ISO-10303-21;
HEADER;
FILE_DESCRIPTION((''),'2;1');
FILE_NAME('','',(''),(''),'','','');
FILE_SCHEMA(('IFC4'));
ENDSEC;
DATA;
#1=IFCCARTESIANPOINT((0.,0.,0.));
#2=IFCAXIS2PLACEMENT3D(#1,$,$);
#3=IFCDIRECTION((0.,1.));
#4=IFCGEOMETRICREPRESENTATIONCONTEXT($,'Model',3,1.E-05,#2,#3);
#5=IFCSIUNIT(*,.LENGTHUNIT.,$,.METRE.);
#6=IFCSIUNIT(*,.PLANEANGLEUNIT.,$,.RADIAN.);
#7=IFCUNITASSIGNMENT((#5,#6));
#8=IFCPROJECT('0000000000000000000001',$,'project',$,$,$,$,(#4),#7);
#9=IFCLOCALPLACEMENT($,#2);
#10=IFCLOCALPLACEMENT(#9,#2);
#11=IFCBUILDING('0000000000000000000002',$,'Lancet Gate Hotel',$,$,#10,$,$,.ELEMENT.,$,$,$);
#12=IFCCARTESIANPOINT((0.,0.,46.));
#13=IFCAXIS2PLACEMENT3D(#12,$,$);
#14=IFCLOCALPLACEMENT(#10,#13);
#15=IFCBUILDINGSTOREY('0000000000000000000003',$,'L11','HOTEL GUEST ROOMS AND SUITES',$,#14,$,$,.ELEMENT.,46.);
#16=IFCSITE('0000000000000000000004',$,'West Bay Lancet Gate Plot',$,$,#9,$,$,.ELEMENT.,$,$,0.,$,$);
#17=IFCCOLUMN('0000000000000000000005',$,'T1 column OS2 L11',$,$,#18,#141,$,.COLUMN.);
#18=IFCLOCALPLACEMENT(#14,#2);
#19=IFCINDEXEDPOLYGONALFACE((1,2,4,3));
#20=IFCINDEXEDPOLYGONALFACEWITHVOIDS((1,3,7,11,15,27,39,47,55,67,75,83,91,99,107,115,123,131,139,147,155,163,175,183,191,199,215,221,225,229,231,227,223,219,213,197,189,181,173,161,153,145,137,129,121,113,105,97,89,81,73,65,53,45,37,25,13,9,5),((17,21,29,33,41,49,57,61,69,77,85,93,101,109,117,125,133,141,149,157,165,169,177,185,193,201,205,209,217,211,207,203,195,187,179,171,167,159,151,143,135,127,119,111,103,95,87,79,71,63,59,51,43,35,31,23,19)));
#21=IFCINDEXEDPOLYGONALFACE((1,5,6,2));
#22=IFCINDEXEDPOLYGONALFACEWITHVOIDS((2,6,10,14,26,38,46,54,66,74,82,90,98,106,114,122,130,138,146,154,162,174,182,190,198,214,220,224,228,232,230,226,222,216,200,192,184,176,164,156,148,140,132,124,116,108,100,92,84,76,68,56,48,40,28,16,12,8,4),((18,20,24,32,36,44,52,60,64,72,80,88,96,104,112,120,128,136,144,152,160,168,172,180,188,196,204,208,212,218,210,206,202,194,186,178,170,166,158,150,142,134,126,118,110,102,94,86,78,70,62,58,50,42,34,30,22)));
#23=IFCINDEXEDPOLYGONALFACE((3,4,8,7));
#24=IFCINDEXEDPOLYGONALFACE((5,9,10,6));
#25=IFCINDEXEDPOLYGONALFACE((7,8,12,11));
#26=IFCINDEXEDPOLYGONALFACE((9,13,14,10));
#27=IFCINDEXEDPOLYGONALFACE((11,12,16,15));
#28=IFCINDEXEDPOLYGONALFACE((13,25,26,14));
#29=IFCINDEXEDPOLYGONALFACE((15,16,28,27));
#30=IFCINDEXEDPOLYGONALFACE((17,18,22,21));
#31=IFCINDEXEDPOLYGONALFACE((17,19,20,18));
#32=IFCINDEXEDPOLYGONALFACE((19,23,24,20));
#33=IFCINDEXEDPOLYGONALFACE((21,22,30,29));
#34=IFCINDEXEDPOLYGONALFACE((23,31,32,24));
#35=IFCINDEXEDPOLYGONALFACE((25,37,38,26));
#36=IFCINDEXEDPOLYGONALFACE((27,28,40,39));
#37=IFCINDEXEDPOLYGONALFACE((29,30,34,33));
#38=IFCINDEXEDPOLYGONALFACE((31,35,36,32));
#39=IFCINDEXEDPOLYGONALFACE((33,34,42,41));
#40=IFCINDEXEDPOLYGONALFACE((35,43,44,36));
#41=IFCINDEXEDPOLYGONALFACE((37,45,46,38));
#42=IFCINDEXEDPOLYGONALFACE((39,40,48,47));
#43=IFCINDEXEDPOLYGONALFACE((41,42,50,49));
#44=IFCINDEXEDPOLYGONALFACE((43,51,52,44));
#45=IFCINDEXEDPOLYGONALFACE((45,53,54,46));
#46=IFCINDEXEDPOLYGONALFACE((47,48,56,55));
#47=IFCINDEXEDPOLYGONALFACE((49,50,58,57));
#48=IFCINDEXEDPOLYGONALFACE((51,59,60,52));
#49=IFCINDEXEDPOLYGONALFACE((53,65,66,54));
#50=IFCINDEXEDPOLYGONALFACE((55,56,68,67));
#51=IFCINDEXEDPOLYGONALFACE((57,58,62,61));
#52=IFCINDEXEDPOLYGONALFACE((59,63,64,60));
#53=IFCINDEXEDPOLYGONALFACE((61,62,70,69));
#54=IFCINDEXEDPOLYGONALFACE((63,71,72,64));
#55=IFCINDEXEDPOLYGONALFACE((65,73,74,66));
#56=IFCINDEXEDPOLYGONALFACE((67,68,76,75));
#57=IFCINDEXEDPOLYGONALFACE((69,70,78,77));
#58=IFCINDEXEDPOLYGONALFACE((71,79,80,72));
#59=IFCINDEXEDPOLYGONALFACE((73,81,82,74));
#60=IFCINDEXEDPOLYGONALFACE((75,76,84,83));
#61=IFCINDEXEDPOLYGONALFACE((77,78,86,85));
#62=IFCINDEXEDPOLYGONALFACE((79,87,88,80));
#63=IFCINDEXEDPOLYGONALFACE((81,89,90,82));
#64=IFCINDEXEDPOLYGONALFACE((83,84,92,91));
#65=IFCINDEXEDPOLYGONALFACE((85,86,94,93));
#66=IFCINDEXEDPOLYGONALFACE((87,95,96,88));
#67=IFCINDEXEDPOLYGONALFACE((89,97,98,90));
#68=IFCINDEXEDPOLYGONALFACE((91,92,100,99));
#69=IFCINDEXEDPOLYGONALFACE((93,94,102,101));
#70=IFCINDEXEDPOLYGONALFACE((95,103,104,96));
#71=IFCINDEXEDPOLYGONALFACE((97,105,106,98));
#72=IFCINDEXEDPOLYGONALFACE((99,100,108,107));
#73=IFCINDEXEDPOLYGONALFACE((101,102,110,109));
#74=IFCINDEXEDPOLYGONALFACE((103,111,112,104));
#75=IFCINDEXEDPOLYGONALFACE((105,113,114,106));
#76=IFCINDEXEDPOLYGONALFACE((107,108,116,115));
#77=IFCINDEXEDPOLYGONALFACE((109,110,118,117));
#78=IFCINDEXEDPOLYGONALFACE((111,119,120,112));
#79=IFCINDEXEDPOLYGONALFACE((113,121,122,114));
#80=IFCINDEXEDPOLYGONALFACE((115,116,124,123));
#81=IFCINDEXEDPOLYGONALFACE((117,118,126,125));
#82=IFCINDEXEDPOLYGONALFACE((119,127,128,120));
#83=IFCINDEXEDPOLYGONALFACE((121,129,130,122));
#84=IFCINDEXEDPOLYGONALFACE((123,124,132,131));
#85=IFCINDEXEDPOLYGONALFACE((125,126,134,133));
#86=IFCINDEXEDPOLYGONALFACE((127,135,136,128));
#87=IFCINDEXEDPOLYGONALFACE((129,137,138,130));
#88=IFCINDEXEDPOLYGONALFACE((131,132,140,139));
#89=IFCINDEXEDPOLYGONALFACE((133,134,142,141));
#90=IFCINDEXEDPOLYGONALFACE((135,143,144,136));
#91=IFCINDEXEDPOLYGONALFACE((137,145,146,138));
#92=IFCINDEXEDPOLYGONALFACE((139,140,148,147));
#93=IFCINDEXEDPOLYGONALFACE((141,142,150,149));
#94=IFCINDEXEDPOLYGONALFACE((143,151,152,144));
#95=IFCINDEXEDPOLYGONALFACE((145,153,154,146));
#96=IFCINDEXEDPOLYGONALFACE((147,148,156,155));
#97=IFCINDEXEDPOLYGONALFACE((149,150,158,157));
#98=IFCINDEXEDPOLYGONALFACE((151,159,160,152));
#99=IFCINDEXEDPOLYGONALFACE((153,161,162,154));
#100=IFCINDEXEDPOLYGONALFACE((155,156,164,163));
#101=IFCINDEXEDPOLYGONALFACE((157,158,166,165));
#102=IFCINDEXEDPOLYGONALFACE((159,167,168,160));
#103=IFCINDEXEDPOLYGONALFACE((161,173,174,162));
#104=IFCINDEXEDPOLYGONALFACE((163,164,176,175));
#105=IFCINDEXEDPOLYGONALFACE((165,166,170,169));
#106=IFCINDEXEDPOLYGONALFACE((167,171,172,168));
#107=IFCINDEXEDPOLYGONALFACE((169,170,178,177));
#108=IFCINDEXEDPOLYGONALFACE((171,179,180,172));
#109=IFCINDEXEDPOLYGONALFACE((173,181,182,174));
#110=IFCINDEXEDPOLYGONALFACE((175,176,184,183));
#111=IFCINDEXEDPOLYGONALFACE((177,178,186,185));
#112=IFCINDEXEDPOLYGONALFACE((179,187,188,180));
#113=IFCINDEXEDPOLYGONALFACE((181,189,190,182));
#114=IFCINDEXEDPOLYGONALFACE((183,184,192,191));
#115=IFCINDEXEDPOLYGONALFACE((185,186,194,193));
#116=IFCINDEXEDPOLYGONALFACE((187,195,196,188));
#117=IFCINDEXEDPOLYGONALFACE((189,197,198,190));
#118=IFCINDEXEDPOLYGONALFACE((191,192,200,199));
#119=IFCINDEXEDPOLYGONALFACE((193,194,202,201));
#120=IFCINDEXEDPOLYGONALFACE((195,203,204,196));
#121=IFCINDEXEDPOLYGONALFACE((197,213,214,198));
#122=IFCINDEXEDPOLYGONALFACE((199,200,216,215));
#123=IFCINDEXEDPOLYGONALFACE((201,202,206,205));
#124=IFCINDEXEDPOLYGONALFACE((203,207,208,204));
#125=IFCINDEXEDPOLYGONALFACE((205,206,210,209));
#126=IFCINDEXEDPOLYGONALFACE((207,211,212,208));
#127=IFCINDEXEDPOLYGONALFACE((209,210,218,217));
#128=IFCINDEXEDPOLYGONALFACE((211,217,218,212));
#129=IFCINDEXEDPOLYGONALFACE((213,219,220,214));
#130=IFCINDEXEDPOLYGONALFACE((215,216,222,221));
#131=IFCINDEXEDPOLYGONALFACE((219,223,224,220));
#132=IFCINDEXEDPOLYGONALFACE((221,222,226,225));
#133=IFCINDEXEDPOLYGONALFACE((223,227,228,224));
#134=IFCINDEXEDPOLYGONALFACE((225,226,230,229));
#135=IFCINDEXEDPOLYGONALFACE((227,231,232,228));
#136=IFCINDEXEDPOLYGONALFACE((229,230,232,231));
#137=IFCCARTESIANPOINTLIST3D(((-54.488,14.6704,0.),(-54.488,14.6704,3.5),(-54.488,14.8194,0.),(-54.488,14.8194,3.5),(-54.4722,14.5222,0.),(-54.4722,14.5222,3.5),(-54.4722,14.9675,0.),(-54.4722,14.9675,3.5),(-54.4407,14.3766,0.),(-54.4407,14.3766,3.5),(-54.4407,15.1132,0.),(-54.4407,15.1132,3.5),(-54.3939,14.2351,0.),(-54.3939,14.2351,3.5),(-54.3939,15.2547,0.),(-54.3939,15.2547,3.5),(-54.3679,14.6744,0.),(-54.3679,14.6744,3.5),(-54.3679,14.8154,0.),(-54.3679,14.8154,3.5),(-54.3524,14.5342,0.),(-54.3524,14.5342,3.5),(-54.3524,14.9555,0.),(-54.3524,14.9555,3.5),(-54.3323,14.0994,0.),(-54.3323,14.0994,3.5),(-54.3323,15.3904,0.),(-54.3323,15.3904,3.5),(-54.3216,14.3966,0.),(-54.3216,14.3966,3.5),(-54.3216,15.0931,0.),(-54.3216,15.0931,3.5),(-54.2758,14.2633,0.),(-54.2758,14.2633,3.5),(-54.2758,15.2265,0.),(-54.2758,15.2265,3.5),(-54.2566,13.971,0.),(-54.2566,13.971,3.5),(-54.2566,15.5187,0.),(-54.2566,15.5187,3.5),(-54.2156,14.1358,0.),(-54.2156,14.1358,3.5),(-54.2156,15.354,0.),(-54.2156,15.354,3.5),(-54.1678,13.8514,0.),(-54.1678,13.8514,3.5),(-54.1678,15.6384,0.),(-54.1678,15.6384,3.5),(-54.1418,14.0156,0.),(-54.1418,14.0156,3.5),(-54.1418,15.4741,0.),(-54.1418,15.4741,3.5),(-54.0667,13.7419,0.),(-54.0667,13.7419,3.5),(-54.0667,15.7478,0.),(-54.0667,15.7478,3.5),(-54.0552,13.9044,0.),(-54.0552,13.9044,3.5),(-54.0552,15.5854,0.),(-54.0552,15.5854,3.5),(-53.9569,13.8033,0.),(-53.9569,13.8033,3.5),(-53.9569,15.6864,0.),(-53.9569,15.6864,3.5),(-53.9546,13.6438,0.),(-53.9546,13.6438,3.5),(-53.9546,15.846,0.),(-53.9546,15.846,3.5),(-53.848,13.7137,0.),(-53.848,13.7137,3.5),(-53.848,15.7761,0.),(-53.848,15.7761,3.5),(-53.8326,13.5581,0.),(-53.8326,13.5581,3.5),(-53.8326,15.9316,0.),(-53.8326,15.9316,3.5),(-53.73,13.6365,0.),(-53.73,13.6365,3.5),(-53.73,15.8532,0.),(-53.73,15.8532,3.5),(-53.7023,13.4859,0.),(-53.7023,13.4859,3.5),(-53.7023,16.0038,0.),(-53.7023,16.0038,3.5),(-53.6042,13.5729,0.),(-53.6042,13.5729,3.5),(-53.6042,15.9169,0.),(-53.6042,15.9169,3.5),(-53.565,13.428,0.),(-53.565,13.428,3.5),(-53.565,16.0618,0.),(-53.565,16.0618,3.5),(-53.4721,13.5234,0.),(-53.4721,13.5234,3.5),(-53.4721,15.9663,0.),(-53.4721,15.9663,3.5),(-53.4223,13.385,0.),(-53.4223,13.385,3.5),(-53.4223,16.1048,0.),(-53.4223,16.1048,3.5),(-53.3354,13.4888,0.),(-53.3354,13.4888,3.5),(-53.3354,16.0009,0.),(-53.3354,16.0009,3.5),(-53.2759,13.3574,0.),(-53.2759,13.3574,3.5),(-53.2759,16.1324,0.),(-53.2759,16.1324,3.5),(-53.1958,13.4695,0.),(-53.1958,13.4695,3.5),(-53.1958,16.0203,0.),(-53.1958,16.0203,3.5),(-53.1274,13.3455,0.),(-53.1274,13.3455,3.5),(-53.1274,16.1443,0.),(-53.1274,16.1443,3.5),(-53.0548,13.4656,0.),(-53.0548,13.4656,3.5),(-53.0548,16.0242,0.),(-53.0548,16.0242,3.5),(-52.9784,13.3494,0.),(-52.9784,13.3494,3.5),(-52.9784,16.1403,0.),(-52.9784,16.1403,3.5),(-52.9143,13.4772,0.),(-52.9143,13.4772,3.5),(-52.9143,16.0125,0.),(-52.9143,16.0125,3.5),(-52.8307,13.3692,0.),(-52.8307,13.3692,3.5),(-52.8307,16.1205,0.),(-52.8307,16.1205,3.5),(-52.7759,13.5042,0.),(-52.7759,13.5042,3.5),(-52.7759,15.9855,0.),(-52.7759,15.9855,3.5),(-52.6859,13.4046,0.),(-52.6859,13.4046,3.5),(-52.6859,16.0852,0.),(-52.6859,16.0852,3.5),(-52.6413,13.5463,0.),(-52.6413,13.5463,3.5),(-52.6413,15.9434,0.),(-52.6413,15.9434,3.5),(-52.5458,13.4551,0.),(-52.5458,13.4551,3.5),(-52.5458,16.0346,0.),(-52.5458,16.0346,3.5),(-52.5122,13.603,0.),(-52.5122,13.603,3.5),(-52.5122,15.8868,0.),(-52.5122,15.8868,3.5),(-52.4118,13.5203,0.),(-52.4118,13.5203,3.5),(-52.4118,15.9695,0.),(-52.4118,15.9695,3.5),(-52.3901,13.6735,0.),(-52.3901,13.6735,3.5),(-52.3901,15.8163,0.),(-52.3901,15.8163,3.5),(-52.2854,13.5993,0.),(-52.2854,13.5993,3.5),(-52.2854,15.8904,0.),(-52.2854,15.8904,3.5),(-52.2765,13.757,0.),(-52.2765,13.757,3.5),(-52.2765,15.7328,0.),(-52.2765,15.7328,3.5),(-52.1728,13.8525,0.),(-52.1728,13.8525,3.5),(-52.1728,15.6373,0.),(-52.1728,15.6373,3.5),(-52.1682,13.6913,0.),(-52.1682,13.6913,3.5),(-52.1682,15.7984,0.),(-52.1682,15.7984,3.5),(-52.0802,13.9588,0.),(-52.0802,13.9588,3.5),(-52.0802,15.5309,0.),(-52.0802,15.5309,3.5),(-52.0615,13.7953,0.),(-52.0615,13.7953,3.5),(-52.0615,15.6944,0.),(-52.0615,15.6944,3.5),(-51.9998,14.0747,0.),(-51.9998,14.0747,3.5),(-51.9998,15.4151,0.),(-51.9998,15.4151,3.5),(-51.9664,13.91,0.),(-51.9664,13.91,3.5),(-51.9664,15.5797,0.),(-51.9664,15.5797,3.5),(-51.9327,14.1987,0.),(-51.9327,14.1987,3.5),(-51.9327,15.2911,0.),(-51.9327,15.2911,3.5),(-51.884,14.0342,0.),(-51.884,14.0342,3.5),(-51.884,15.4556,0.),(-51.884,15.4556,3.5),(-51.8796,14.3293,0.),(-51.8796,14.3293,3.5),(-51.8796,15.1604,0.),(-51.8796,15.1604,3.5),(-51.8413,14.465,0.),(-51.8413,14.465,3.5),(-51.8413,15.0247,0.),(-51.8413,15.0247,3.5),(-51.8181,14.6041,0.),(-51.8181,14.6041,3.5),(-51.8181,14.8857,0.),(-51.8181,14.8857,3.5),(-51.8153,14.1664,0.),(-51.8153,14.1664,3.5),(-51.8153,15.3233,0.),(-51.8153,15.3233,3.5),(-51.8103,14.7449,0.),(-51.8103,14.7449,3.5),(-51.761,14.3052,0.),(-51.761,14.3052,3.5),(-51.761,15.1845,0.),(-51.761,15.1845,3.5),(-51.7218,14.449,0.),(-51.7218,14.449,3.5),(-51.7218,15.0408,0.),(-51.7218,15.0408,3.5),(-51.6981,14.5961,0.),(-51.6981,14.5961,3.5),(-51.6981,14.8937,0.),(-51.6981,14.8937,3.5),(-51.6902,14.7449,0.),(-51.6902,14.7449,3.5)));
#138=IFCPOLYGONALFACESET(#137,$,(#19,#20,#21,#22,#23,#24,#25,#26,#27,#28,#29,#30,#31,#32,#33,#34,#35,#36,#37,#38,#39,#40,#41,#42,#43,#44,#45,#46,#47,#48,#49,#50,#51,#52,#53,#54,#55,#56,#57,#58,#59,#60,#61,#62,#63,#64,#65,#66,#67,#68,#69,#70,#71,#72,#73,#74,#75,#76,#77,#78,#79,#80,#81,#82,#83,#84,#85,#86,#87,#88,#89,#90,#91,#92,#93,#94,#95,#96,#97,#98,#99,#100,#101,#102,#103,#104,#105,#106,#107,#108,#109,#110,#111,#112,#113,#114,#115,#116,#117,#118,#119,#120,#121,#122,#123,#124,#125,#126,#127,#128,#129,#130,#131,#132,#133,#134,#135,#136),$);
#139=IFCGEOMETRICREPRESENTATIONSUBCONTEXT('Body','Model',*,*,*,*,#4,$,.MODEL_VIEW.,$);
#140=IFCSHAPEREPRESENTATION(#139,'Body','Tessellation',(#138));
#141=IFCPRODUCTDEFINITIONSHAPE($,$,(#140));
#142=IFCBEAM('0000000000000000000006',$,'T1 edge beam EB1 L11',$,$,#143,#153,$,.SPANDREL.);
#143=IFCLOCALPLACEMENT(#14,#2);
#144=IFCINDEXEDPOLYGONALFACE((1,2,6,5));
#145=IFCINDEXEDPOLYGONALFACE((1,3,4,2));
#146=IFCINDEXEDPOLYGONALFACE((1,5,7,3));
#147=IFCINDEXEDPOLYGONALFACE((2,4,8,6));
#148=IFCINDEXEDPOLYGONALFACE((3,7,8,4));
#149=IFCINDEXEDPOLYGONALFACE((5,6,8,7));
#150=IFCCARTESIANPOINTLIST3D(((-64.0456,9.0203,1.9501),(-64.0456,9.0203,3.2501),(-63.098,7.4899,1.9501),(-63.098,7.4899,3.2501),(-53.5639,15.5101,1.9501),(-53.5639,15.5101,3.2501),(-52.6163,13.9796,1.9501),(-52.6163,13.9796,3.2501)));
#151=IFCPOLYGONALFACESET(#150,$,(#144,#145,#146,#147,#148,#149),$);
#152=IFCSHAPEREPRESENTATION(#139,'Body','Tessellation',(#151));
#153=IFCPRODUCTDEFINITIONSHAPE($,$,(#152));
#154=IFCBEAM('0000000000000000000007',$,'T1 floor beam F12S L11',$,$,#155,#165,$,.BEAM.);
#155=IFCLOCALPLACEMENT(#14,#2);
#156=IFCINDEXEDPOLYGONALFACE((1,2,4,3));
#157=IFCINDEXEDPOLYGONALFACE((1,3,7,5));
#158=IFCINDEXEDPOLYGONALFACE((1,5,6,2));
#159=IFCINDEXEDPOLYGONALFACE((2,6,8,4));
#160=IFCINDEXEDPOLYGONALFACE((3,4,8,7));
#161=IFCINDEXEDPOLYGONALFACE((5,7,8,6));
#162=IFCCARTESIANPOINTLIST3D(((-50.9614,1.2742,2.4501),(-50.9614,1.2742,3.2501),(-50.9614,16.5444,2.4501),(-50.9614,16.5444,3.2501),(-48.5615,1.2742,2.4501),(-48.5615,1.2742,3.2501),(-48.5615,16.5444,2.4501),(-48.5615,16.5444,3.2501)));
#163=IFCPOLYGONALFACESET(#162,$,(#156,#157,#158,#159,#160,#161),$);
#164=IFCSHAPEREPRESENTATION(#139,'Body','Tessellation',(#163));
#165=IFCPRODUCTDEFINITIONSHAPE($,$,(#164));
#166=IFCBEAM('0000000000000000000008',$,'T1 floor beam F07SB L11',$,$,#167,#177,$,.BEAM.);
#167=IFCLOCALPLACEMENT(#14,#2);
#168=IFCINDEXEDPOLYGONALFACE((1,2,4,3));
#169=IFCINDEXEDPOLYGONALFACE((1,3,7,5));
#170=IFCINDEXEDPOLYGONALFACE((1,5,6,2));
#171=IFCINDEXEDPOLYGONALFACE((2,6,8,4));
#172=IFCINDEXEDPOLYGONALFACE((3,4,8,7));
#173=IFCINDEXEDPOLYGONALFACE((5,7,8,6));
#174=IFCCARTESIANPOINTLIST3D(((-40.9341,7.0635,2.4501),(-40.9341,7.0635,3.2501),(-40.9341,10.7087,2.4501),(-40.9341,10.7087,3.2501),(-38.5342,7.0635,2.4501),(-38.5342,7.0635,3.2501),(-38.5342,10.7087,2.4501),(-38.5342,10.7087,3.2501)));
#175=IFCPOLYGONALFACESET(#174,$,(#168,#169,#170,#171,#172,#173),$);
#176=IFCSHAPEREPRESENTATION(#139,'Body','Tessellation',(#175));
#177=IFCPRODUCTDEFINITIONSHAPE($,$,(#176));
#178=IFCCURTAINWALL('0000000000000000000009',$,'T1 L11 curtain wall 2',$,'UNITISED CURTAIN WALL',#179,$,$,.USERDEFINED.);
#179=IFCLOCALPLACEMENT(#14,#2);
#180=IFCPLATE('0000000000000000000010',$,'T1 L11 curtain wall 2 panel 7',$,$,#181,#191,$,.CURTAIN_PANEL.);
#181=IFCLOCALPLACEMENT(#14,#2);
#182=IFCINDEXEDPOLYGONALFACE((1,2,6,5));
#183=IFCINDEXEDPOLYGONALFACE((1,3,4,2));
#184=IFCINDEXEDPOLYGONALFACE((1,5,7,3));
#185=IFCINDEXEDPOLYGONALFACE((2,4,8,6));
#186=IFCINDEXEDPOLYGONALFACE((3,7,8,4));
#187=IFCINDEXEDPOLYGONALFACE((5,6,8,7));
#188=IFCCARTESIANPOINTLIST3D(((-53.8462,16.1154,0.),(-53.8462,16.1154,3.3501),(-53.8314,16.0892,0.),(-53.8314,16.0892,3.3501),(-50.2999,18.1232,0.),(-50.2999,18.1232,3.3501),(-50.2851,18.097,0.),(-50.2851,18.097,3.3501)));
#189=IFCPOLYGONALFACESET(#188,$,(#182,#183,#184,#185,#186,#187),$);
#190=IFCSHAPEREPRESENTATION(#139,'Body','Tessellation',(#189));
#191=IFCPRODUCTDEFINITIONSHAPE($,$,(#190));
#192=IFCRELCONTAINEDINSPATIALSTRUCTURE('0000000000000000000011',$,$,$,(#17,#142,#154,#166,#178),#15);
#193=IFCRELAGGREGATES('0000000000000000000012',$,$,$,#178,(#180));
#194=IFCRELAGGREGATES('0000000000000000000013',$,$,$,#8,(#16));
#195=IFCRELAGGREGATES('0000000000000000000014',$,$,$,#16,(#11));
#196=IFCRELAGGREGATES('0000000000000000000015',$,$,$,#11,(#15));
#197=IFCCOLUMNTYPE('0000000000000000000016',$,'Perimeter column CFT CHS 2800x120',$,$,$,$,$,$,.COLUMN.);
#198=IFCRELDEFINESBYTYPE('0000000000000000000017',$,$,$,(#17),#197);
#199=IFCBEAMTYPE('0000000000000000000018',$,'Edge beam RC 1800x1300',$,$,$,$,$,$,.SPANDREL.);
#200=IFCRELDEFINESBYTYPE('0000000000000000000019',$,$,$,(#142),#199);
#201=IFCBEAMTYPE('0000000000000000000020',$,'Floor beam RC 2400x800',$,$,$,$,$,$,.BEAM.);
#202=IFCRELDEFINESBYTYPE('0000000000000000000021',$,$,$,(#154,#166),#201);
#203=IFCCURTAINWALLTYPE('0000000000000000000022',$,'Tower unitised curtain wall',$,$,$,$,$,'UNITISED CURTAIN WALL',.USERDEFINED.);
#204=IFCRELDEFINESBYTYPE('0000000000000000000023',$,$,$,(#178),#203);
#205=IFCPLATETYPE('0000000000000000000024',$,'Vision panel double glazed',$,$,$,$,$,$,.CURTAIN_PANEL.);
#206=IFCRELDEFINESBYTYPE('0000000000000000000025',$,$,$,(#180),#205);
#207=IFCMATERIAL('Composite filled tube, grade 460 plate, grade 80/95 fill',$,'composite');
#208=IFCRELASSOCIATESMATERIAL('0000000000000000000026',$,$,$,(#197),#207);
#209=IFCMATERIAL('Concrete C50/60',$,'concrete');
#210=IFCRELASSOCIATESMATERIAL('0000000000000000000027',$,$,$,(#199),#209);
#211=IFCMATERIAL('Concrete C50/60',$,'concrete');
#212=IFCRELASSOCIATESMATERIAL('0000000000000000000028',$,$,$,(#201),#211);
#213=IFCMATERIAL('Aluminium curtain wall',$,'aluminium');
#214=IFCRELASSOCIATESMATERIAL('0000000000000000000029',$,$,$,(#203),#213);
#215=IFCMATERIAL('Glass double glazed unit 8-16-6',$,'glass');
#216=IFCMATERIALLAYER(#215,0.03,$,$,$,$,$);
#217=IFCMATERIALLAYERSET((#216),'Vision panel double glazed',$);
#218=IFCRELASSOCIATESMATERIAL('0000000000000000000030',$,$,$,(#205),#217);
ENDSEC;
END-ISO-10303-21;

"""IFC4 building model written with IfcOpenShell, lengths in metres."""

from ifc_helpers import new_model, si_unit, direction, frame, origin, origin_2d, place, context, subcontext, project, spatial, rectangle, hollow_circle, extrude, material, layer, layer_set, material_profile, profile_set, type_object, element, aggregate, save


model = new_model("IFC4")

# Units and contexts
model_context = context("Model", 3, precision=1e-05, world=origin(), true_north=direction((0.0, 1.0)))
body_context = subcontext(model_context, "Body", "Model", "MODEL_VIEW")
ifc_project = project(units=[si_unit("LENGTHUNIT", "METRE"), si_unit("PLANEANGLEUNIT", "RADIAN")], contexts=[model_context])

# Site, building, storey
site_placement = place(None, origin())
site = spatial("IfcSite", under=ifc_project, at=site_placement, Name="West Bay Lancet Gate Plot", CompositionType="ELEMENT", RefElevation=0.0)
building_placement = place(site_placement, origin())
building = spatial("IfcBuilding", under=site, at=building_placement, Name="Lancet Gate Hotel", CompositionType="ELEMENT")
storey_placement = place(building_placement, frame((0.0, 0.0, 46.0)))
storey = spatial("IfcBuildingStorey", under=building, at=storey_placement, Name="L11", Description="HOTEL GUEST ROOMS AND SUITES", CompositionType="ELEMENT", Elevation=46.0)

# Column
ifc_material_1 = material(Name="Composite filled tube, grade 460 plate, grade 80/95 fill", Category="composite")
ifc_material_profile_1 = material_profile(ifc_material_1, hollow_circle(Radius=1.3999, WallThickness=0.1201, at=origin_2d()), Name="CHS 2800x120")
ifc_profile_set_1 = profile_set([ifc_material_profile_1], Name="Composite filled tube, grade 460 plate, grade 80/95 fill")
column_type = type_object("IfcColumnType", Name="Perimeter column CFT CHS 2800x120", PredefinedType="COLUMN", material=ifc_profile_set_1)
column_placement = place(storey_placement, frame((-53.0901, 14.7449, 0.0), z_axis=(0.0, 0.0, 1.0), x_axis=(1.0, 0.0, 0.0)))
element("IfcColumn", 1, at=column_placement, inside=storey, type_object=column_type, Name="T1 column OS2 L11", PredefinedType="COLUMN", context=body_context, shape_type="SweptSolid", body=[
    extrude(hollow_circle(Radius=1.3999, WallThickness=0.1201, at=origin_2d()), origin(), (0.0, 0.0, 1.0), 3.5),
])

# Beams
ifc_material_2 = material(Name="Concrete C50/60", Category="concrete")
ifc_material_profile_2 = material_profile(ifc_material_2, rectangle(XDim=1.8, YDim=1.3, at=origin_2d()), Name="RC 1800x1300")
ifc_profile_set_2 = profile_set([ifc_material_profile_2], Name="Concrete C50/60")
beam_type_1 = type_object("IfcBeamType", Name="Edge beam RC 1800x1300", PredefinedType="SPANDREL", material=ifc_profile_set_2)
beam_1_placement = place(storey_placement, frame((-53.0901, 14.7449, 2.6001), z_axis=(-0.850226, -0.526418, 0.0), x_axis=(0.526418, -0.850226, 0.0)))
element("IfcBeam", 2, at=beam_1_placement, inside=storey, type_object=beam_type_1, Name="T1 edge beam EB1 L11", PredefinedType="SPANDREL", context=body_context, shape_type="SweptSolid", body=[
    extrude(rectangle(XDim=1.8, YDim=1.3, at=origin_2d()), origin(), (0.0, 0.0, 1.0), 12.3281),
])
ifc_material_3 = material(Name="Concrete C50/60", Category="concrete")
ifc_material_profile_3 = material_profile(ifc_material_3, rectangle(XDim=2.3999, YDim=0.8, at=origin_2d()), Name="RC 2400x800")
ifc_profile_set_3 = profile_set([ifc_material_profile_3], Name="Concrete C50/60")
beam_type_2 = type_object("IfcBeamType", Name="Floor beam RC 2400x800", PredefinedType="BEAM", material=ifc_profile_set_3)
beam_2_placement = place(storey_placement, frame((-49.7615, 16.5444, 2.8501), z_axis=(0.0, -1.0, 0.0), x_axis=(1.0, 0.0, 0.0)))
element("IfcBeam", 3, at=beam_2_placement, inside=storey, type_object=beam_type_2, Name="T1 floor beam F12S L11", PredefinedType="BEAM", context=body_context, shape_type="SweptSolid", body=[
    extrude(rectangle(XDim=2.3999, YDim=0.8, at=origin_2d()), origin(), (0.0, 0.0, 1.0), 15.2703),
])
beam_3_placement = place(storey_placement, frame((-39.7341, 10.7087, 2.8501), z_axis=(0.0, -1.0, 0.0), x_axis=(1.0, 0.0, 0.0)))
element("IfcBeam", 4, at=beam_3_placement, inside=storey, type_object=beam_type_2, Name="T1 floor beam F07SB L11", PredefinedType="BEAM", context=body_context, shape_type="SweptSolid", body=[
    extrude(rectangle(XDim=2.3999, YDim=0.8, at=origin_2d()), origin(), (0.0, 0.0, 1.0), 3.6453),
])

# Curtain wall, plate
ifc_material_4 = material(Name="Aluminium curtain wall", Category="aluminium")
curtain_wall_type = type_object("IfcCurtainWallType", Name="Tower unitised curtain wall", ElementType="UNITISED CURTAIN WALL", PredefinedType="USERDEFINED", material=ifc_material_4)
curtain_wall_placement = place(storey_placement, origin())
curtain_wall = element("IfcCurtainWall", 5, at=curtain_wall_placement, inside=storey, type_object=curtain_wall_type, Name="T1 L11 curtain wall 2", ObjectType="UNITISED CURTAIN WALL", PredefinedType="USERDEFINED")
ifc_material_5 = material(Name="Glass double glazed unit 8-16-6", Category="glass")
ifc_layer_1 = layer(ifc_material_5, 0.03)
ifc_layer_set_1 = layer_set([ifc_layer_1], Name="Vision panel double glazed")
plate_type = type_object("IfcPlateType", Name="Vision panel double glazed", PredefinedType="CURTAIN_PANEL", material=ifc_layer_set_1)
plate_placement = place(storey_placement, frame((-52.0657, 17.1062, 0.0), z_axis=(0.0, 0.0, 1.0), x_axis=(-0.870205, -0.49269, 0.0)))
plate = element("IfcPlate", 6, at=plate_placement, type_object=plate_type, Name="T1 L11 curtain wall 2 panel 7", PredefinedType="CURTAIN_PANEL", context=body_context, shape_type="SweptSolid", body=[
    extrude(rectangle(XDim=4.0752, YDim=0.03, at=origin_2d()), origin(), (0.0, 0.0, 1.0), 3.3501),
])
aggregate(curtain_wall, [plate])

save(model, "model.ifc")
